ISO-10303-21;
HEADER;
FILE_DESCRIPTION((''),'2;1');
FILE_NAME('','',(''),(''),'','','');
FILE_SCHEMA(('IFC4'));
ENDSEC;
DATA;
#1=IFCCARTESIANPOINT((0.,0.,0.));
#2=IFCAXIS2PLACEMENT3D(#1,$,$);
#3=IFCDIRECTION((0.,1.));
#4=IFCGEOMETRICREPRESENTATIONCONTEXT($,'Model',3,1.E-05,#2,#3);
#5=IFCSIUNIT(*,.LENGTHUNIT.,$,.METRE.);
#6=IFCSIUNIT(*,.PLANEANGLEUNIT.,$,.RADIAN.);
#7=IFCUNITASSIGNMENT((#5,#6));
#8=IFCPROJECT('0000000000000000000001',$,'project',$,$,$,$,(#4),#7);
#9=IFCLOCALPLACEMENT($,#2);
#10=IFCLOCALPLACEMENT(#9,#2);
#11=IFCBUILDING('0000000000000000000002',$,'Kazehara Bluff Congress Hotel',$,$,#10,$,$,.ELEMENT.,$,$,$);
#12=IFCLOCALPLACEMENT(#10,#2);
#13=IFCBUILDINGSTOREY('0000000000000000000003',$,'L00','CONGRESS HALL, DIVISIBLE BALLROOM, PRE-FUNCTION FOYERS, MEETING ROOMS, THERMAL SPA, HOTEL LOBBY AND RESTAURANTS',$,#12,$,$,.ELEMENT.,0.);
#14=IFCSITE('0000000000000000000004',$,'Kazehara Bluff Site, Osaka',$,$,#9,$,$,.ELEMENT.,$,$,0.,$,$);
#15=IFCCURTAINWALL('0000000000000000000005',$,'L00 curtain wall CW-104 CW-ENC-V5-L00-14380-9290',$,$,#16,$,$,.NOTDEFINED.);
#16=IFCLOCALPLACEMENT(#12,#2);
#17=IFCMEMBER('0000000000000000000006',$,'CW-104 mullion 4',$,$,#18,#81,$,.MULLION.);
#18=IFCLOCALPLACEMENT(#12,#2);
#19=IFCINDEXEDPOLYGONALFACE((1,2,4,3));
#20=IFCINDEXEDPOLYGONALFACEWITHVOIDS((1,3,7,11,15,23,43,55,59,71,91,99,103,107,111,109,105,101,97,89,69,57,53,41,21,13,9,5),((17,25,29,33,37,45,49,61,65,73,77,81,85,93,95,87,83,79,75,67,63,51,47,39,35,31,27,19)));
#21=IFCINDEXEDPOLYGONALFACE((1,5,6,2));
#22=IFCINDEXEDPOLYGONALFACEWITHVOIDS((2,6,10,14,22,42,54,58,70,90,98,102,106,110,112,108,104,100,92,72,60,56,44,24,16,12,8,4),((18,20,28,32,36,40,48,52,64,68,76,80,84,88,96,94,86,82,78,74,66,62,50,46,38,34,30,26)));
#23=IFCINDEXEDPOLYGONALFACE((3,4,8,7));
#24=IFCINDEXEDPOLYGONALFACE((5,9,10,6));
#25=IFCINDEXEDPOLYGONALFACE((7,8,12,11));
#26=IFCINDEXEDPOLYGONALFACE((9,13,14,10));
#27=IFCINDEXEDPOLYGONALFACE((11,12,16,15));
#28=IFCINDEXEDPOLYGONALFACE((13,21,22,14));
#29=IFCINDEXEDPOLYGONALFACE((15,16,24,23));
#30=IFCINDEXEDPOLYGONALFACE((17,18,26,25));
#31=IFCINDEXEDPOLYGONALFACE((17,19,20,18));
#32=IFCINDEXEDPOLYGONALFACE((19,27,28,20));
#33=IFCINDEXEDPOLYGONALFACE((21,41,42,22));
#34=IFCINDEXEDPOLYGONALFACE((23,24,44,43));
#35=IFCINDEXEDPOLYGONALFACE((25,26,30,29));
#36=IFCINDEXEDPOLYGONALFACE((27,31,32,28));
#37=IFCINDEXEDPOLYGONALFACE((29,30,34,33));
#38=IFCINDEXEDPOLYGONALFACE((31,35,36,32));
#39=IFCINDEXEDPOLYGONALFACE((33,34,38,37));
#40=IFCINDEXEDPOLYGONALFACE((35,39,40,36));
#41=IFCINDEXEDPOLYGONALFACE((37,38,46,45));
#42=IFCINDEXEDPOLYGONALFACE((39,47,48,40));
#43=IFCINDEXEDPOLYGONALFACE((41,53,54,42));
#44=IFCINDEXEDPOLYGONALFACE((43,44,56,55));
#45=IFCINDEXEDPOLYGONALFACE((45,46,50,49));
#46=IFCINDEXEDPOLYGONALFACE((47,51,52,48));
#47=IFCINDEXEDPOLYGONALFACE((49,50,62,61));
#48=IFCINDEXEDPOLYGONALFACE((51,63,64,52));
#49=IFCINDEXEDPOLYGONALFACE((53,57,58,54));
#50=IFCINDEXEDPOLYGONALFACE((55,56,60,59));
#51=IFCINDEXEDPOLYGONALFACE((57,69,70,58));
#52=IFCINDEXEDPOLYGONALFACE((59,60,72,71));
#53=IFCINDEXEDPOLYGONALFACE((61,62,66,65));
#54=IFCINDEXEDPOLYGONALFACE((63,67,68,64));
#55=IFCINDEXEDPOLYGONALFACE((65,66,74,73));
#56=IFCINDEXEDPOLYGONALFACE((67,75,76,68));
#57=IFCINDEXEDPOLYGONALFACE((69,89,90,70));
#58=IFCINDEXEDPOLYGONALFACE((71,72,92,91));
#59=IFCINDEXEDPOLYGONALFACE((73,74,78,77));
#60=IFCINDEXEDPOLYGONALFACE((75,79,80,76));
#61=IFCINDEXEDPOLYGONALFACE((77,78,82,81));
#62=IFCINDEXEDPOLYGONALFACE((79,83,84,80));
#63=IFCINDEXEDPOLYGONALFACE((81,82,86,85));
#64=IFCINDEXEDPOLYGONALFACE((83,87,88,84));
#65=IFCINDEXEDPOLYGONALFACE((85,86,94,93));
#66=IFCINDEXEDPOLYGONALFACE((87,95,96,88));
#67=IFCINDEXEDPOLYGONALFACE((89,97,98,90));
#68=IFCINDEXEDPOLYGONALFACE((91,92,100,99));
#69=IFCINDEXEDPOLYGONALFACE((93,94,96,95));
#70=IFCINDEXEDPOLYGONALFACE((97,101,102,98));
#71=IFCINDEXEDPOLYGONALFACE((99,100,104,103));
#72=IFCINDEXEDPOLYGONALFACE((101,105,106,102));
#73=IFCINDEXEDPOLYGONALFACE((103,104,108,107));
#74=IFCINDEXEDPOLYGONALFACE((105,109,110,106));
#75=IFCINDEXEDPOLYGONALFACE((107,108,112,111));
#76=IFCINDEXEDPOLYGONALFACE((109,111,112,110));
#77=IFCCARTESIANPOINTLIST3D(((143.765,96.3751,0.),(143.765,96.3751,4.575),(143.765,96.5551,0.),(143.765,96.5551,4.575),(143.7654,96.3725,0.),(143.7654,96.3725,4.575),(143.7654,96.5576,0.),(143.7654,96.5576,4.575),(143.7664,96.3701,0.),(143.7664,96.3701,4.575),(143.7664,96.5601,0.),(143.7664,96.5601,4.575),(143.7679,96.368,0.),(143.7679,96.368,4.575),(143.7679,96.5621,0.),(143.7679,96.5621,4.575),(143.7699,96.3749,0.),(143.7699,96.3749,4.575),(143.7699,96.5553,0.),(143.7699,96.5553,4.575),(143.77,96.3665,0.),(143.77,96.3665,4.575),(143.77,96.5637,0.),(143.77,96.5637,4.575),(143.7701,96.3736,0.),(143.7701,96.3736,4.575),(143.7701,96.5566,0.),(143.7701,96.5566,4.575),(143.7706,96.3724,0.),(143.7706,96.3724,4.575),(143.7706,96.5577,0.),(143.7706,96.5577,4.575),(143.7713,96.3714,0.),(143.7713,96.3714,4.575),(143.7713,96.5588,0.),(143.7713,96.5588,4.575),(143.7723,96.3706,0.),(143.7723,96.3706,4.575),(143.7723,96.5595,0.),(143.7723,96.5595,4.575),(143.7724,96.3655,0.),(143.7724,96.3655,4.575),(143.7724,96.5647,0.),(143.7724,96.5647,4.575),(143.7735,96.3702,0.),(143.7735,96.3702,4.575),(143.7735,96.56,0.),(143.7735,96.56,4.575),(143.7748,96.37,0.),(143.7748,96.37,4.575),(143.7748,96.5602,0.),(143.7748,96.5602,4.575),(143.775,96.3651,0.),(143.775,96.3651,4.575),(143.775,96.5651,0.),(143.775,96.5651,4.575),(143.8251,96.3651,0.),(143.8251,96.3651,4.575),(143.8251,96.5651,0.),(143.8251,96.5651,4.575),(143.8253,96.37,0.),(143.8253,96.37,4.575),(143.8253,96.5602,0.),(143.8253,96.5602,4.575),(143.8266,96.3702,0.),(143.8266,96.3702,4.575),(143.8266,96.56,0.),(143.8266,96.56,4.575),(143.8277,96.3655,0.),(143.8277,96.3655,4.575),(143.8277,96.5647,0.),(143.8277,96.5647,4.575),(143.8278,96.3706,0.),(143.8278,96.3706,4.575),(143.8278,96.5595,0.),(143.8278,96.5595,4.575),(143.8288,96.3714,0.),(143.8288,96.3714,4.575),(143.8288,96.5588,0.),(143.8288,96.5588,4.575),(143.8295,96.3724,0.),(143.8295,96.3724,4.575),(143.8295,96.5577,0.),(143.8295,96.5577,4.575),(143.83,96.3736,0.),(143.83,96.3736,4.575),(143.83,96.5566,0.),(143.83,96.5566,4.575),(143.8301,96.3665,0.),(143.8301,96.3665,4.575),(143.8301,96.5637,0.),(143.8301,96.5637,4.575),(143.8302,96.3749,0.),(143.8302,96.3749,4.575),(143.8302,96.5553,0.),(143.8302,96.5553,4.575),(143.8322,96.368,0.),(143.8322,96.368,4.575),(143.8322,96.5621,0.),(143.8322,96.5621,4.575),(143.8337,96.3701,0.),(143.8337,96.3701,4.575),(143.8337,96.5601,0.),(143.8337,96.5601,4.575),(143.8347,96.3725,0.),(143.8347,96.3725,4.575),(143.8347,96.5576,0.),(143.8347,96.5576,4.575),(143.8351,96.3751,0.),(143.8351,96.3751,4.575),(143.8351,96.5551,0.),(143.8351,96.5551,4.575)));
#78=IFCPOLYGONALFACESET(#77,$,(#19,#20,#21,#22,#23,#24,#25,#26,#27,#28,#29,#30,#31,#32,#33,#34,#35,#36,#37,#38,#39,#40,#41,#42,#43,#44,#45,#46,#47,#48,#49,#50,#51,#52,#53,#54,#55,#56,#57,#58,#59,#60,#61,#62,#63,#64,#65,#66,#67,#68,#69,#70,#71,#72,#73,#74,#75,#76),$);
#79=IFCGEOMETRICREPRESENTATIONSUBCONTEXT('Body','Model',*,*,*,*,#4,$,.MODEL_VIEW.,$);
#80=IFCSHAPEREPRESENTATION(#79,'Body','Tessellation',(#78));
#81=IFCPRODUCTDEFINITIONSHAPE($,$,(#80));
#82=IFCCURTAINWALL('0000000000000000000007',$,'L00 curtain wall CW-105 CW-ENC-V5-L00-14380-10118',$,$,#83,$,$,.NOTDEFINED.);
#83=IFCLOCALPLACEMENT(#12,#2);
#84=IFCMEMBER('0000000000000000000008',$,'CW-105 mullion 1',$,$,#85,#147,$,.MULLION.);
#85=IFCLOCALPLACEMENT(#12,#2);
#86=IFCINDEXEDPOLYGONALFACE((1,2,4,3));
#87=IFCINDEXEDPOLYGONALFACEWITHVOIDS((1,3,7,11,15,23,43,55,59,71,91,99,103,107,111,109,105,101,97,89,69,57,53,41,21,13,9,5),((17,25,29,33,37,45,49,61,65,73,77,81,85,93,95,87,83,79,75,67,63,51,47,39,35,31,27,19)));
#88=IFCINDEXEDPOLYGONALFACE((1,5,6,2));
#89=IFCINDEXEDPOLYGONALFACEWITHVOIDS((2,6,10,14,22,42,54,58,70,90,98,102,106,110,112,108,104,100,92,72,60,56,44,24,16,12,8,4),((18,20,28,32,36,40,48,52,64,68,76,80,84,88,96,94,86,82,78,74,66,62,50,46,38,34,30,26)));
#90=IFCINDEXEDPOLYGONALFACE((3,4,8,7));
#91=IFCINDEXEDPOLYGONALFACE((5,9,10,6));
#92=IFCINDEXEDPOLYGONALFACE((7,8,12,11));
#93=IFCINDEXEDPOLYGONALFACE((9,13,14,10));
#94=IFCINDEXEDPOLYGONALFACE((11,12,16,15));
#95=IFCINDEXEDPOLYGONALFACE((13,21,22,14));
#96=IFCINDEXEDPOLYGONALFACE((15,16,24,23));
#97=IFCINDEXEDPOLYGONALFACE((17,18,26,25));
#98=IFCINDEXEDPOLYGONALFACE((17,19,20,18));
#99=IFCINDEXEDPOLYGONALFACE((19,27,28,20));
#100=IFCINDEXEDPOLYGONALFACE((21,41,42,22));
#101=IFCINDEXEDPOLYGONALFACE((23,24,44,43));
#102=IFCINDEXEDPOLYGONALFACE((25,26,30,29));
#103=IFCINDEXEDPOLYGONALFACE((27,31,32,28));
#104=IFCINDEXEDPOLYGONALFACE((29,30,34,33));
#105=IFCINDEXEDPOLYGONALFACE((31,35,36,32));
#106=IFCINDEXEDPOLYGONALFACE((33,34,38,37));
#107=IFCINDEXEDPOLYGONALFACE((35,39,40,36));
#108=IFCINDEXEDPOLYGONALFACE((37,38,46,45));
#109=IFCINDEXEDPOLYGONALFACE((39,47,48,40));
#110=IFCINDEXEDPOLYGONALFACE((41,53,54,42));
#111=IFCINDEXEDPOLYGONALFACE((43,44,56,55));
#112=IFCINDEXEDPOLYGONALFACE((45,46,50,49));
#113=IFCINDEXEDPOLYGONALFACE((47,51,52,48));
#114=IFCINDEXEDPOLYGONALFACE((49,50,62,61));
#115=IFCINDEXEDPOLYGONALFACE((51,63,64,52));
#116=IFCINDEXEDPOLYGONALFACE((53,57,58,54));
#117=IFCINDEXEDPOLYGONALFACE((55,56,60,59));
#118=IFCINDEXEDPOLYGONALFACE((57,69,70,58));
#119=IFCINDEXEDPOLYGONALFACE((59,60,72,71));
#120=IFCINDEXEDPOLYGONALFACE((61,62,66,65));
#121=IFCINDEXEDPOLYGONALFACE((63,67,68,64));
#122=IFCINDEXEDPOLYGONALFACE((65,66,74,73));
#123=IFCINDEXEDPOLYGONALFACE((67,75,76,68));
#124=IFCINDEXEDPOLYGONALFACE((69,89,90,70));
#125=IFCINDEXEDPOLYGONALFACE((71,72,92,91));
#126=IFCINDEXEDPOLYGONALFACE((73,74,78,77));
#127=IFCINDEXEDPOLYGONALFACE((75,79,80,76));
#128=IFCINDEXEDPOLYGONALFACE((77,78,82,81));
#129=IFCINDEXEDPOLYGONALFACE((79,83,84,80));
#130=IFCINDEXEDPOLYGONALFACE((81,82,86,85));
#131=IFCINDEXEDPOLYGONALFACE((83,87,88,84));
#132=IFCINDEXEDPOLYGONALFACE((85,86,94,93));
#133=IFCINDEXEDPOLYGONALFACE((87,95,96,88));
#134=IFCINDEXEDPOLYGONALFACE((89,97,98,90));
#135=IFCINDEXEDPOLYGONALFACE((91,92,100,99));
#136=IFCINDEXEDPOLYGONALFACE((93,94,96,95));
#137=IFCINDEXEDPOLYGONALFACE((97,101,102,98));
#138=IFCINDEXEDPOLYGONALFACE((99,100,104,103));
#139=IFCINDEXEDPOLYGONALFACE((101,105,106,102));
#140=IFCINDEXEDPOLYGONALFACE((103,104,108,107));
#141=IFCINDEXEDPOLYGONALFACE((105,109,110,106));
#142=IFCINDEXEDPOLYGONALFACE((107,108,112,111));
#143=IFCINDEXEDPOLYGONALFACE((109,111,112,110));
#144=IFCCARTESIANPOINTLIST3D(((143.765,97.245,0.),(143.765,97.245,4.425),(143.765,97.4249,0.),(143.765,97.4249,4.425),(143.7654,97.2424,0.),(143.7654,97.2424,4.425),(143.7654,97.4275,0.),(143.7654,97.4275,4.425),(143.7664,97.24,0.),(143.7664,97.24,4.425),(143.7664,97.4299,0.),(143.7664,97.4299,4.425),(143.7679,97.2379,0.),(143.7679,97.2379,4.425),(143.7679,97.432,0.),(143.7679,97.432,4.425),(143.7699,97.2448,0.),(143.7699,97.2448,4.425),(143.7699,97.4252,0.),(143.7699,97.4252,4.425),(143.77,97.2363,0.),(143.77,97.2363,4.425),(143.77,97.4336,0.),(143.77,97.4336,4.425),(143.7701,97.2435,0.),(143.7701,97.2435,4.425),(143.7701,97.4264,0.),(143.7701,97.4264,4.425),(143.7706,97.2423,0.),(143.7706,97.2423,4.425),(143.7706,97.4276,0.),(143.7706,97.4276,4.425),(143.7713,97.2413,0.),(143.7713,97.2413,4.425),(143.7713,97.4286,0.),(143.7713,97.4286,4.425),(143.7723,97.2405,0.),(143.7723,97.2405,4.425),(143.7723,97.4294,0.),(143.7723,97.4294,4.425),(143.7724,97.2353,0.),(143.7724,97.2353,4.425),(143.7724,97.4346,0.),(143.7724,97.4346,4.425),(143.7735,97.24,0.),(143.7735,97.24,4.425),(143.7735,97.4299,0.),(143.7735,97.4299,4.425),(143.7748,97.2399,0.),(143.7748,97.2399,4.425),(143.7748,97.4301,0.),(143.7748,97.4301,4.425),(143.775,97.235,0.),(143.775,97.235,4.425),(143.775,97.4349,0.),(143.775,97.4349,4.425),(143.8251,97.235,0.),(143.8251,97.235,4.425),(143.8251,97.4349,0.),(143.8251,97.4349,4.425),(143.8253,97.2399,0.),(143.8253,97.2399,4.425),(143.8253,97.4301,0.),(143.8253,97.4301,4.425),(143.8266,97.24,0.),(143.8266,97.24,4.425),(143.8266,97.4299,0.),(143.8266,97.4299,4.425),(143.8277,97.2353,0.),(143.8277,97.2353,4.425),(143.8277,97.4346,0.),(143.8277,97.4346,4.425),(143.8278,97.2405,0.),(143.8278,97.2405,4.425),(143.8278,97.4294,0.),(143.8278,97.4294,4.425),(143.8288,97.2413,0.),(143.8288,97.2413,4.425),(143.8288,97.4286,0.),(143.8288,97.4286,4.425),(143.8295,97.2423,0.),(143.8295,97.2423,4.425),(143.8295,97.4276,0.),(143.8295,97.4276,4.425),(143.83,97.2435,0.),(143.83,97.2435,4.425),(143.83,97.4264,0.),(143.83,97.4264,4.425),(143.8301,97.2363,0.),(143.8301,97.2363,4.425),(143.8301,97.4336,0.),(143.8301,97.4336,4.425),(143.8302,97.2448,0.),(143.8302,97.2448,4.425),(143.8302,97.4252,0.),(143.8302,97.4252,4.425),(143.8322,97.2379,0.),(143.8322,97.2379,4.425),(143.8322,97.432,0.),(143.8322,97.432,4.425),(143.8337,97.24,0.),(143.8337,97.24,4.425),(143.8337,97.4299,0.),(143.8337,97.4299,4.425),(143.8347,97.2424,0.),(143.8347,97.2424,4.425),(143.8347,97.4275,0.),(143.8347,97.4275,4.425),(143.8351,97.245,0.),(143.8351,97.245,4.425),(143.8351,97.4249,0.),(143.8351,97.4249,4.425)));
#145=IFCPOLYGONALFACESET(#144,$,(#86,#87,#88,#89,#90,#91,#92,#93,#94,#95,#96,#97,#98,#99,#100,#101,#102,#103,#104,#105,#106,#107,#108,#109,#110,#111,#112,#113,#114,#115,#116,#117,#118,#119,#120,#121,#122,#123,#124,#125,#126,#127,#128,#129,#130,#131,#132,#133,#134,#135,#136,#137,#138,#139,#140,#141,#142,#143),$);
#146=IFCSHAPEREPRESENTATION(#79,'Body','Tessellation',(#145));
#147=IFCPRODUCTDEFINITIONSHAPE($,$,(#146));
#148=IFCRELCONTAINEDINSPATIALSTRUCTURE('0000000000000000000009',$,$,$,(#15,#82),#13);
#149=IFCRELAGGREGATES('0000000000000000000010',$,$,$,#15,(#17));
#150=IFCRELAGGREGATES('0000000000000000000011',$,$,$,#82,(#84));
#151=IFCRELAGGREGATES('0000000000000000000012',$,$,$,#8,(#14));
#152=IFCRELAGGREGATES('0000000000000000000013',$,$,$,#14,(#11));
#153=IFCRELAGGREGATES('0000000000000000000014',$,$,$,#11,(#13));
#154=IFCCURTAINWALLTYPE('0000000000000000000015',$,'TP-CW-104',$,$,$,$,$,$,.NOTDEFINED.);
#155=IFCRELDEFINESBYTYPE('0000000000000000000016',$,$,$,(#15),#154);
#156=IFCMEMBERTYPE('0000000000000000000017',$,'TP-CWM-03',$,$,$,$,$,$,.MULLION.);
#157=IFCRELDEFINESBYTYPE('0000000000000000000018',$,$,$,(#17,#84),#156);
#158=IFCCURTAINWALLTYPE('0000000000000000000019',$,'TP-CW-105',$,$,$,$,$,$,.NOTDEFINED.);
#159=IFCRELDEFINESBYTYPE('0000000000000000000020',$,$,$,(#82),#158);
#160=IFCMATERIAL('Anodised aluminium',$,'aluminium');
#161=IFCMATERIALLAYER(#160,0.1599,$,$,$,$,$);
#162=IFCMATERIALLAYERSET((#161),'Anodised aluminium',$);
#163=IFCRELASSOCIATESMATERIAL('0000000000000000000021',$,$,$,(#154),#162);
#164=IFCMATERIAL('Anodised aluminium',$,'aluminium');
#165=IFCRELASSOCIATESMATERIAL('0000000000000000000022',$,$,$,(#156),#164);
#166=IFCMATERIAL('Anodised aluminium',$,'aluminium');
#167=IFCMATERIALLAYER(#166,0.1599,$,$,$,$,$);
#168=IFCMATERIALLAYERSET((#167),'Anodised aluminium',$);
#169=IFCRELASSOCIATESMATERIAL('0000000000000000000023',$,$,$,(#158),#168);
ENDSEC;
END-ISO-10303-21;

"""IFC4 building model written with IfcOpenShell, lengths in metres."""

from ifc_helpers import new_model, si_unit, direction, frame, origin, origin_2d, place, context, subcontext, project, spatial, hollow_rectangle, extrude, material, layer, layer_set, material_profile, profile_set, type_object, element, aggregate, save


model = new_model("IFC4")

# Units and contexts
model_context = context("Model", 3, precision=1e-05, world=origin(), true_north=direction((0.0, 1.0)))
body_context = subcontext(model_context, "Body", "Model", "MODEL_VIEW")
ifc_project = project(units=[si_unit("LENGTHUNIT", "METRE"), si_unit("PLANEANGLEUNIT", "RADIAN")], contexts=[model_context])

# Site, building, storey
site_placement = place(None, origin())
site = spatial("IfcSite", under=ifc_project, at=site_placement, Name="Kazehara Bluff Site, Osaka", CompositionType="ELEMENT", RefElevation=0.0)
building_placement = place(site_placement, origin())
building = spatial("IfcBuilding", under=site, at=building_placement, Name="Kazehara Bluff Congress Hotel", CompositionType="ELEMENT")
storey_placement = place(building_placement, origin())
storey = spatial("IfcBuildingStorey", under=building, at=storey_placement, Name="L00", Description="CONGRESS HALL, DIVISIBLE BALLROOM, PRE-FUNCTION FOYERS, MEETING ROOMS, THERMAL SPA, HOTEL LOBBY AND RESTAURANTS", CompositionType="ELEMENT", Elevation=0.0)

# Curtain walls, members
ifc_material_1 = material(Name="Anodised aluminium", Category="aluminium")
ifc_layer_1 = layer(ifc_material_1, 0.1599)
ifc_layer_set_1 = layer_set([ifc_layer_1], Name="Anodised aluminium")
curtain_wall_type_1 = type_object("IfcCurtainWallType", Name="TP-CW-104", PredefinedType="NOTDEFINED", material=ifc_layer_set_1)
curtain_wall_1_placement = place(storey_placement, origin())
curtain_wall_1 = element("IfcCurtainWall", 1, at=curtain_wall_1_placement, inside=storey, type_object=curtain_wall_type_1, Name="L00 curtain wall CW-104 CW-ENC-V5-L00-14380-9290", PredefinedType="NOTDEFINED")
ifc_material_2 = material(Name="Anodised aluminium", Category="aluminium")
ifc_material_profile_1 = material_profile(ifc_material_2, hollow_rectangle(XDim=0.0701, YDim=0.2, WallThickness=0.0049, InnerFilletRadius=0.0049, OuterFilletRadius=0.01, at=origin_2d()))
ifc_profile_set_1 = profile_set([ifc_material_profile_1], Name="Anodised aluminium")
member_type_1 = type_object("IfcMemberType", Name="TP-CWM-03", PredefinedType="MULLION", material=ifc_profile_set_1)
member_1_placement = place(storey_placement, frame((143.8, 96.4651, 0.0), z_axis=(0.0, 0.0, 1.0), x_axis=(-1.0, 0.0, 0.0)))
member_1 = element("IfcMember", 2, at=member_1_placement, type_object=member_type_1, Name="CW-104 mullion 4", PredefinedType="MULLION", context=body_context, shape_type="SweptSolid", body=[
    extrude(hollow_rectangle(XDim=0.0701, YDim=0.2, WallThickness=0.0049, InnerFilletRadius=0.0049, OuterFilletRadius=0.01, at=origin_2d()), origin(), (0.0, 0.0, 1.0), 4.575),
])
ifc_material_3 = material(Name="Anodised aluminium", Category="aluminium")
ifc_layer_2 = layer(ifc_material_3, 0.1599)
ifc_layer_set_2 = layer_set([ifc_layer_2], Name="Anodised aluminium")
curtain_wall_type_2 = type_object("IfcCurtainWallType", Name="TP-CW-105", PredefinedType="NOTDEFINED", material=ifc_layer_set_2)
curtain_wall_2_placement = place(storey_placement, origin())
curtain_wall_2 = element("IfcCurtainWall", 3, at=curtain_wall_2_placement, inside=storey, type_object=curtain_wall_type_2, Name="L00 curtain wall CW-105 CW-ENC-V5-L00-14380-10118", PredefinedType="NOTDEFINED")
member_2_placement = place(storey_placement, frame((143.8, 97.335, 0.0), z_axis=(0.0, 0.0, 1.0), x_axis=(-1.0, 0.0, 0.0)))
member_2 = element("IfcMember", 4, at=member_2_placement, type_object=member_type_1, Name="CW-105 mullion 1", PredefinedType="MULLION", context=body_context, shape_type="SweptSolid", body=[
    extrude(hollow_rectangle(XDim=0.0701, YDim=0.2, WallThickness=0.0049, InnerFilletRadius=0.0049, OuterFilletRadius=0.01, at=origin_2d()), origin(), (0.0, 0.0, 1.0), 4.425),
])

aggregate(curtain_wall_1, [member_1])
aggregate(curtain_wall_2, [member_2])

save(model, "model.ifc")
